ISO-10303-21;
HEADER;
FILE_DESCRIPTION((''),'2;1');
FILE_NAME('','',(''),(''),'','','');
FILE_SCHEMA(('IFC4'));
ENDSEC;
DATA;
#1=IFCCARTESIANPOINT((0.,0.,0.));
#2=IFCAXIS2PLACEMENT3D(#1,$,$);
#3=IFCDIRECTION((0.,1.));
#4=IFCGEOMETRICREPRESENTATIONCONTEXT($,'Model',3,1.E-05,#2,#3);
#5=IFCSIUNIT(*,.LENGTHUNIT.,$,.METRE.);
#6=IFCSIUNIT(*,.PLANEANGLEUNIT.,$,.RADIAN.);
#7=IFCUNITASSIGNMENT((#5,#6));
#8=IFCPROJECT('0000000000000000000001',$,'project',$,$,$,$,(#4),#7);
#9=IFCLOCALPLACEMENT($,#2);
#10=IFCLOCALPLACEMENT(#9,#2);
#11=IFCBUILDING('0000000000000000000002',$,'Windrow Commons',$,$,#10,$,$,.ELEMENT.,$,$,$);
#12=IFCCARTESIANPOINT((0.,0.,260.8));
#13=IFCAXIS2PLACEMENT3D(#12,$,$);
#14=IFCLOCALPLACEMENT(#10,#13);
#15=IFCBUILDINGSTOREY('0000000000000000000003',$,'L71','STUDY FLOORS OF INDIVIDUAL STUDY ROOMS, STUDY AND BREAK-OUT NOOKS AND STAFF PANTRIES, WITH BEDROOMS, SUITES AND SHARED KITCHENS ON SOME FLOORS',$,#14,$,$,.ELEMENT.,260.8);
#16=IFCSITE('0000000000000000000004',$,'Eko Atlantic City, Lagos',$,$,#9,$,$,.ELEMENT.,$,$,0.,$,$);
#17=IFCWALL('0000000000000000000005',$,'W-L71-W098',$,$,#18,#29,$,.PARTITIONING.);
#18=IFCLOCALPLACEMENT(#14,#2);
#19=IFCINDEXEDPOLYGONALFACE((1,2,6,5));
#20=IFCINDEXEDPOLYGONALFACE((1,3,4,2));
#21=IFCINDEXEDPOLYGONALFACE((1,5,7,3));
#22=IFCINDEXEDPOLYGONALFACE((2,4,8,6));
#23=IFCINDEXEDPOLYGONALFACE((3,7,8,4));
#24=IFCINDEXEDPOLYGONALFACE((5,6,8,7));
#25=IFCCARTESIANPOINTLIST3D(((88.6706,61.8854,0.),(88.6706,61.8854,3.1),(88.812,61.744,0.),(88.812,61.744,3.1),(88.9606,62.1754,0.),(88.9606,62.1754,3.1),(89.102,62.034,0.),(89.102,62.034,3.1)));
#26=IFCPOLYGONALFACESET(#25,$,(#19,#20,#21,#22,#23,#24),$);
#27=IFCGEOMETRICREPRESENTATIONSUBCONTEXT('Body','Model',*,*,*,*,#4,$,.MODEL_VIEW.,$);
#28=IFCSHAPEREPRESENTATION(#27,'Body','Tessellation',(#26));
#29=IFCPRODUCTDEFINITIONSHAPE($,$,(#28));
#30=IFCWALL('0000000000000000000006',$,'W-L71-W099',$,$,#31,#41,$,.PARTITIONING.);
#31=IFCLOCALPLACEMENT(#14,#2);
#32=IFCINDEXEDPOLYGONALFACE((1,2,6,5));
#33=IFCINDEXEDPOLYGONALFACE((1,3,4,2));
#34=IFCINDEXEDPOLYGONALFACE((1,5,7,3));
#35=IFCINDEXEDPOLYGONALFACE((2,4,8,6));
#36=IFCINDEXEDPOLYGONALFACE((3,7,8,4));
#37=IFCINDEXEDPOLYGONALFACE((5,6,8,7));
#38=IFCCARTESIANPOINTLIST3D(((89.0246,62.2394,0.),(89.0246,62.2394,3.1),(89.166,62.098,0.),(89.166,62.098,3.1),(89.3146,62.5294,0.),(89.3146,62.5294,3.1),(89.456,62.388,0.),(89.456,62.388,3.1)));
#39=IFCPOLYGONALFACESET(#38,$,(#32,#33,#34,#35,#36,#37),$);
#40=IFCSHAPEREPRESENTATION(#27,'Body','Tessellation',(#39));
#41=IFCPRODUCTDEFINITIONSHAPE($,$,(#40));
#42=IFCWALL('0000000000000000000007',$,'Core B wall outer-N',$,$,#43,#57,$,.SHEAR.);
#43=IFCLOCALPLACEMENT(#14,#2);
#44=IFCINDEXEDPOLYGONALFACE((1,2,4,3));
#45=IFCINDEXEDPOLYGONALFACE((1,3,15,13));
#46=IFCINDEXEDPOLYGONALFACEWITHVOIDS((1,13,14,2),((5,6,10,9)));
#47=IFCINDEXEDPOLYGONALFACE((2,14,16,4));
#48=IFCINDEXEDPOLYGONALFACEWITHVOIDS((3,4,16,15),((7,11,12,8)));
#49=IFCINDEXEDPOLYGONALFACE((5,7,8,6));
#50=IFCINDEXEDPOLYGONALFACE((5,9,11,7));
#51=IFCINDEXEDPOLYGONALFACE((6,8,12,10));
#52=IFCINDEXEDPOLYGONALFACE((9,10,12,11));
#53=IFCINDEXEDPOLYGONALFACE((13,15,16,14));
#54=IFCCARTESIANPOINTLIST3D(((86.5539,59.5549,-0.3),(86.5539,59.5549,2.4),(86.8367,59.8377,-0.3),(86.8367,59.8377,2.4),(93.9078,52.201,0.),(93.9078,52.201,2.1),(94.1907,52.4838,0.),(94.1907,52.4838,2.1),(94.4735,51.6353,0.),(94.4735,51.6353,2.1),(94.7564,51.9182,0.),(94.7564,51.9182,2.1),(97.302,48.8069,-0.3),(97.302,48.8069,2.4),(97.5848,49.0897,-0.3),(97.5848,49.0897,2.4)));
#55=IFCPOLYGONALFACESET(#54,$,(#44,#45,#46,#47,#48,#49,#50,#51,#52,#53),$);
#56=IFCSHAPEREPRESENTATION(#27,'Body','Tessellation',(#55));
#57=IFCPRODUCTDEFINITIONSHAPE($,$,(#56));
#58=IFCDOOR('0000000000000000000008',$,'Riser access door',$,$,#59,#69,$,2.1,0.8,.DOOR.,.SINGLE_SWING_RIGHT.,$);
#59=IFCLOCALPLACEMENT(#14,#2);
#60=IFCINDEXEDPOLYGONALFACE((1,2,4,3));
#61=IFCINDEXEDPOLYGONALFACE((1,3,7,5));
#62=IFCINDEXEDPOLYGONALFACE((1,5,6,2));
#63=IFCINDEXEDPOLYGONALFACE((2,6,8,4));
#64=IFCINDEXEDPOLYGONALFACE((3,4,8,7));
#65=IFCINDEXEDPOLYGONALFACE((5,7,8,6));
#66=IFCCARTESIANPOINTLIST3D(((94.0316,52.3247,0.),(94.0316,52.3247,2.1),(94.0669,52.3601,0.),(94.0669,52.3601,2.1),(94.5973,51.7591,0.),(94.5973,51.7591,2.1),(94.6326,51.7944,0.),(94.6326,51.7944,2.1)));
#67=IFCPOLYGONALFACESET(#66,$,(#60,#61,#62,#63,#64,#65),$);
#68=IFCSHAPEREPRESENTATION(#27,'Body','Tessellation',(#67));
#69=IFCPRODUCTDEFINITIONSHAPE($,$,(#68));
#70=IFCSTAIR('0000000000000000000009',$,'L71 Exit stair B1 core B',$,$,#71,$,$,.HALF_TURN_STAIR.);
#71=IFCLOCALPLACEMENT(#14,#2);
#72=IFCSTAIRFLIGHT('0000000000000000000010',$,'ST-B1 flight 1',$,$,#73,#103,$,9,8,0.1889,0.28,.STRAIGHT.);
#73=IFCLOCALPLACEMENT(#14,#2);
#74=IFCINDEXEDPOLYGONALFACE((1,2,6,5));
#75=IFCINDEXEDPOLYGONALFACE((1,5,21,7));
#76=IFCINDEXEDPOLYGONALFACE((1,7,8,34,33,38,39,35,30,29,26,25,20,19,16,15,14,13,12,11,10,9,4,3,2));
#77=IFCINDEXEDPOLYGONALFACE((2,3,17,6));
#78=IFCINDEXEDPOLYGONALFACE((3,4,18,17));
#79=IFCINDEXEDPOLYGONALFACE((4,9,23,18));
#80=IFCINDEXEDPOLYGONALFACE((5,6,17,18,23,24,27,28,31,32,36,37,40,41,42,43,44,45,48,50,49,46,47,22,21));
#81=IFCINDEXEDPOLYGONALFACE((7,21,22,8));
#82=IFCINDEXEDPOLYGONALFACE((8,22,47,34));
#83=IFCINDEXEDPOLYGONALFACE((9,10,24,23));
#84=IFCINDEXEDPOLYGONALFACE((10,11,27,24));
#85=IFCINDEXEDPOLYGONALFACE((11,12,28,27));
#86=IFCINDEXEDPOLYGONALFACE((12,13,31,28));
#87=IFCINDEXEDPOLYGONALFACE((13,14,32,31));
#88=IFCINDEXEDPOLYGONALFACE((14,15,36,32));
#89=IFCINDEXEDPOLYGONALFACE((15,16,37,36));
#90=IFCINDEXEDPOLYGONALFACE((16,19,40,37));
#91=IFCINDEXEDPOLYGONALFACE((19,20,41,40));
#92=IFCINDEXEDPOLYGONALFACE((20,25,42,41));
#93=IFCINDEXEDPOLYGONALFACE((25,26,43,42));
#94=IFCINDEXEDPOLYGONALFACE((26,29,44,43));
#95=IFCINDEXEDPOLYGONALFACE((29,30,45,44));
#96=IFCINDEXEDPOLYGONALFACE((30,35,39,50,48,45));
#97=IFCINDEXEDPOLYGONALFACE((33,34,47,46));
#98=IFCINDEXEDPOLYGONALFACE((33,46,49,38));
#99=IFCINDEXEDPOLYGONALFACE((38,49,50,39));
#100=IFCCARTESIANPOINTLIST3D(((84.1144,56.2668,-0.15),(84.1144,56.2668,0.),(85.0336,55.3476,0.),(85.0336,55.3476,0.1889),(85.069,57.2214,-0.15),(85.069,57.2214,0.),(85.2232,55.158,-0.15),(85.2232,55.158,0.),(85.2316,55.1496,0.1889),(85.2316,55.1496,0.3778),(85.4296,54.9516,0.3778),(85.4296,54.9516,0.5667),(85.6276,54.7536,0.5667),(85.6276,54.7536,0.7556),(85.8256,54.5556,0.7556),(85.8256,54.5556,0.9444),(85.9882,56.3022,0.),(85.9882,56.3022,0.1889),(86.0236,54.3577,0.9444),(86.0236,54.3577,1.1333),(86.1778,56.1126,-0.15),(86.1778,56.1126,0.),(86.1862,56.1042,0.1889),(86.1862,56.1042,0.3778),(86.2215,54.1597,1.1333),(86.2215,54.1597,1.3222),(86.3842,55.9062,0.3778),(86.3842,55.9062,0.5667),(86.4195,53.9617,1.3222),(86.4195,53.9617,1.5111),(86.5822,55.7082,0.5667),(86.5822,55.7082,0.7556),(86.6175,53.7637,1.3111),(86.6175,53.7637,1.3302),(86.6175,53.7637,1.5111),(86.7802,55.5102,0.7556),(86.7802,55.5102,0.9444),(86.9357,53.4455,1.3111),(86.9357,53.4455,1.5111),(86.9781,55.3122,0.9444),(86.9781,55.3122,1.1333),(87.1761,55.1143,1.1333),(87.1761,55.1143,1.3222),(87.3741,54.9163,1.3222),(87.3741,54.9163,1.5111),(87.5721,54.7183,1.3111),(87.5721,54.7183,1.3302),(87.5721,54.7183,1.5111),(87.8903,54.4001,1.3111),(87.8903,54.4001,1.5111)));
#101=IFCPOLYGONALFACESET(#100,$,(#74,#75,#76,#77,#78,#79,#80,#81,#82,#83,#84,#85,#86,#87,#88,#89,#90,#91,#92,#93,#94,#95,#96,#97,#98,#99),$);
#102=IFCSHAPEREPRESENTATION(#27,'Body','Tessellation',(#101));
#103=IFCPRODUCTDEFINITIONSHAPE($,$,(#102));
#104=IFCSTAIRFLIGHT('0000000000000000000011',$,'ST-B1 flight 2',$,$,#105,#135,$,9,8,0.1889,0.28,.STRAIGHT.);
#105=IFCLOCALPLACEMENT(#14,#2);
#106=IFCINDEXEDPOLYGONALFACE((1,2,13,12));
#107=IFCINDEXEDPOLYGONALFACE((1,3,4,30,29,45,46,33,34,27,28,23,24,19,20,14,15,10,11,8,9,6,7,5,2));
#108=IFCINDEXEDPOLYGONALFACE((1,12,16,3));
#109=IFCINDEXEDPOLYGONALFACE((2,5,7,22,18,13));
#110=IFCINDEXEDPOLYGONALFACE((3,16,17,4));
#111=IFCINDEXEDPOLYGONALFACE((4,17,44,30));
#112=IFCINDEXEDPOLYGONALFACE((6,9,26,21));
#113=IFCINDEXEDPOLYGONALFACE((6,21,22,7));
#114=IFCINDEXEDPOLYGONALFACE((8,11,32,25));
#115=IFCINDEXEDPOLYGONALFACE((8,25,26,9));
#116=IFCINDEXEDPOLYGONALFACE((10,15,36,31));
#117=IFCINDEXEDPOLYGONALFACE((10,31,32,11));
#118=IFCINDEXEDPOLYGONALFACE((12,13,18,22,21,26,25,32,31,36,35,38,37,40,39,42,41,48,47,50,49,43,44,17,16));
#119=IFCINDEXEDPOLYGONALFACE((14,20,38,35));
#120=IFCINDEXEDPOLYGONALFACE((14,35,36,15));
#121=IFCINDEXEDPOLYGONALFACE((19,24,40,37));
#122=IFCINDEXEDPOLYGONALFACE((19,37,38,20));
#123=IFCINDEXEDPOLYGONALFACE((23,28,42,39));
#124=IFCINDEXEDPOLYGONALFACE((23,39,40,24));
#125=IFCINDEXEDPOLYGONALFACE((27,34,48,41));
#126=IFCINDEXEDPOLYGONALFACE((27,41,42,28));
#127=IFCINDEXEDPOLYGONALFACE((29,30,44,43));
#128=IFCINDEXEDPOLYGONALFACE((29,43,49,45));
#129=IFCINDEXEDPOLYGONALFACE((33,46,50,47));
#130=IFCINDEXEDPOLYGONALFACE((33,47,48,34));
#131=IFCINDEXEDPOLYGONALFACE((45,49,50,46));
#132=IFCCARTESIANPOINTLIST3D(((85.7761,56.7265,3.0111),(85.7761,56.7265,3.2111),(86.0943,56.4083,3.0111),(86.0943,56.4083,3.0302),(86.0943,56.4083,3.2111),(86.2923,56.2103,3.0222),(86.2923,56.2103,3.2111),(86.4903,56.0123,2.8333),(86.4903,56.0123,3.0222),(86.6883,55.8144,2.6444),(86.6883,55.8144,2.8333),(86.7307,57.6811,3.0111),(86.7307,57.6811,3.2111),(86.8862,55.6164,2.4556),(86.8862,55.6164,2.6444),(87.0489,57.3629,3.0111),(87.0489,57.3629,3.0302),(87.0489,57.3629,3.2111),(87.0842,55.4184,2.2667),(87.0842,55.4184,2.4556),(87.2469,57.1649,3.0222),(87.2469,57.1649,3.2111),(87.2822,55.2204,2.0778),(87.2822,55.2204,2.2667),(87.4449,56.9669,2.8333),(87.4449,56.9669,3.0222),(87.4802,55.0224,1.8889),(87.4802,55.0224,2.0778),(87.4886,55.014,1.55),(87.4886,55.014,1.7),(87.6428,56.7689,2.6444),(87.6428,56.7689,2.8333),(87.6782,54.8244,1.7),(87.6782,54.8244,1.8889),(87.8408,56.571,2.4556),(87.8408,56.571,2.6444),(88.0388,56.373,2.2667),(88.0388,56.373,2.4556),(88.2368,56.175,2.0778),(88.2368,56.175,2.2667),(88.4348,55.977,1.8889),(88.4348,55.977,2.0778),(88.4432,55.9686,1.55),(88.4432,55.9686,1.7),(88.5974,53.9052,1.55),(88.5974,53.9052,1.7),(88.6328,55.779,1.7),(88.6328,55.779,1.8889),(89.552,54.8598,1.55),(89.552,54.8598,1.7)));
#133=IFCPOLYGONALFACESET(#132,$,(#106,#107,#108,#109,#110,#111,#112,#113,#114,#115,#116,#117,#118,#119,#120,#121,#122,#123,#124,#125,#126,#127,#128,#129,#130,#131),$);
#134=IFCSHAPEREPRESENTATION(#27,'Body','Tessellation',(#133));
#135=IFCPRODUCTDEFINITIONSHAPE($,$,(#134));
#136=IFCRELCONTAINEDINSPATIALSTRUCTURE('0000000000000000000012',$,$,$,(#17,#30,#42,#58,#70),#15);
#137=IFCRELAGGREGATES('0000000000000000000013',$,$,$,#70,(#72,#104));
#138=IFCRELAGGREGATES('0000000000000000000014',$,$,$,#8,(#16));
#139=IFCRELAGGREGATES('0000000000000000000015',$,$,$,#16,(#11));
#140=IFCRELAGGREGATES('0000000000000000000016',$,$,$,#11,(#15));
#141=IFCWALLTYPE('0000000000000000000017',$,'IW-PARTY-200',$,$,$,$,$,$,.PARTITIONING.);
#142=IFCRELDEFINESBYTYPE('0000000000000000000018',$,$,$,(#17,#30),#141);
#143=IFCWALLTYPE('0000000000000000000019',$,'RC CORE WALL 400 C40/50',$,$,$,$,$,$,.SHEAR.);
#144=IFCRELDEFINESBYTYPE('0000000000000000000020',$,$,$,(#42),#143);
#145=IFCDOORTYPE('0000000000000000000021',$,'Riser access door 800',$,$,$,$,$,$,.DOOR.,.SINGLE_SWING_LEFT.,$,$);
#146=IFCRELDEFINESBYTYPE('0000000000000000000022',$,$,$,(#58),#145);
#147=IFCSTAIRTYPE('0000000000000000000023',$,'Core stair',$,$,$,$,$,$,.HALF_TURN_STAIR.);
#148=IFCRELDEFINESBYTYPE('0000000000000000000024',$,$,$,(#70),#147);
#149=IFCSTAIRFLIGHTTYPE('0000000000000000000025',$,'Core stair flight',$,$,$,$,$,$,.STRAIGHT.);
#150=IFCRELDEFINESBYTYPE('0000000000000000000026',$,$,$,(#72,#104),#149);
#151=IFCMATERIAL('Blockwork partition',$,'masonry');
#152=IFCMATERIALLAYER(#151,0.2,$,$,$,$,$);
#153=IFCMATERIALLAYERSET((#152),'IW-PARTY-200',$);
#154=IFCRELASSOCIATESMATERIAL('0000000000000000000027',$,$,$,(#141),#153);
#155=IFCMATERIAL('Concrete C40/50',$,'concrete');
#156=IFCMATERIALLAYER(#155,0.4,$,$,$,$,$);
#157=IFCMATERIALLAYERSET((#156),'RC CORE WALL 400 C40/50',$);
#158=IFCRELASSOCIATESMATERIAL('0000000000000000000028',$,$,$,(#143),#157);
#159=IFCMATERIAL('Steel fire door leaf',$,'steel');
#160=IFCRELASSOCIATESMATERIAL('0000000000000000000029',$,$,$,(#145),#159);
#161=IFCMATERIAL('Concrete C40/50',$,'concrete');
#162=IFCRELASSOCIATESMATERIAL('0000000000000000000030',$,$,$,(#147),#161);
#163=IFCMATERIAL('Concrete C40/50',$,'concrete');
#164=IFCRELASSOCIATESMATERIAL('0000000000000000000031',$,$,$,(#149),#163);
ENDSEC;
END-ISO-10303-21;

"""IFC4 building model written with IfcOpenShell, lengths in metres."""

from ifc_helpers import new_model, si_unit, direction, frame, frame_2d, origin, place, context, subcontext, project, spatial, polyline, rectangle, outline, extrude, material, layer, layer_set, type_object, element, fill, aggregate, save


model = new_model("IFC4")

# Units and contexts
model_context = context("Model", 3, precision=1e-05, world=origin(), true_north=direction((0.0, 1.0)))
body_context = subcontext(model_context, "Body", "Model", "MODEL_VIEW")
ifc_project = project(units=[si_unit("LENGTHUNIT", "METRE"), si_unit("PLANEANGLEUNIT", "RADIAN")], contexts=[model_context])

# Site, building, storey
site_placement = place(None, origin())
site = spatial("IfcSite", under=ifc_project, at=site_placement, Name="Eko Atlantic City, Lagos", CompositionType="ELEMENT", RefElevation=0.0)
building_placement = place(site_placement, origin())
building = spatial("IfcBuilding", under=site, at=building_placement, Name="Windrow Commons", CompositionType="ELEMENT")
storey_placement = place(building_placement, frame((0.0, 0.0, 260.8)))
storey = spatial("IfcBuildingStorey", under=building, at=storey_placement, Name="L71", Description="STUDY FLOORS OF INDIVIDUAL STUDY ROOMS, STUDY AND BREAK-OUT NOOKS AND STAFF PANTRIES, WITH BEDROOMS, SUITES AND SHARED KITCHENS ON SOME FLOORS", CompositionType="ELEMENT", Elevation=260.8)

# Walls
ifc_material_1 = material(Name="Blockwork partition", Category="masonry")
ifc_layer_1 = layer(ifc_material_1, 0.2)
ifc_layer_set_1 = layer_set([ifc_layer_1], Name="IW-PARTY-200")
wall_type_1 = type_object("IfcWallType", Name="IW-PARTY-200", PredefinedType="PARTITIONING", material=ifc_layer_set_1)
for number, where, z_axis, x_axis, name in (
    (1, (88.7413, 61.8147, 0.0), (0.0, 0.0, 1.0), (0.707107, 0.707107, 0.0), "W-L71-W098"),
    (2, (89.0953, 62.1687, 0.0), (0.0, 0.0, 1.0), (0.707107, 0.707107, 0.0), "W-L71-W099"),
):
    element("IfcWall", number, at=place(storey_placement, frame(where, z_axis=z_axis, x_axis=x_axis)), inside=storey, type_object=wall_type_1, Name=name, PredefinedType="PARTITIONING", context=body_context, shape_type="SweptSolid", body=[
        extrude(rectangle(XDim=0.4101, YDim=0.2, at=frame_2d((0.2051, 0.0))), origin(), (0.0, 0.0, 1.0), 3.1),
    ])

# Wall, opening, door
ifc_material_2 = material(Name="Concrete C40/50", Category="concrete")
ifc_layer_2 = layer(ifc_material_2, 0.4)
ifc_layer_set_2 = layer_set([ifc_layer_2], Name="RC CORE WALL 400 C40/50")
wall_type_2 = type_object("IfcWallType", Name="RC CORE WALL 400 C40/50", PredefinedType="SHEAR", material=ifc_layer_set_2)
wall_1_placement = place(storey_placement, frame((86.6953, 59.6963, -0.3), z_axis=(0.0, 0.0, 1.0), x_axis=(0.70711, -0.707103, 0.0)))
wall_1 = element("IfcWall", 3, at=wall_1_placement, inside=storey, type_object=wall_type_2, Name="Core B wall outer-N", PredefinedType="SHEAR", context=body_context, shape_type="SweptSolid", body=[
    extrude(rectangle(XDim=15.2, YDim=0.4, at=frame_2d((7.6, 0.0))), origin(), (0.0, 0.0, 1.0), 2.7),
])
opening_1_placement = place(wall_1_placement, frame((10.4, 0.0, 0.3)))
opening_1 = element("IfcOpeningElement", 4, at=opening_1_placement, cuts=wall_1, PredefinedType="OPENING", context=body_context, shape_type="SweptSolid", body=[
    extrude(rectangle(XDim=0.8, YDim=2.1, at=frame_2d((0.4, 1.05))), frame((0.0, 0.21, 0.0), z_axis=(0.0, -1.0, 0.0), x_axis=(1.0, 0.0, 0.0)), (0.0, 0.0, 1.0), 0.42),
])
ifc_material_3 = material(Name="Steel fire door leaf", Category="steel")
door_type_1 = type_object("IfcDoorType", Name="Riser access door 800", OperationType="SINGLE_SWING_LEFT", PredefinedType="DOOR", material=ifc_material_3)
door_1_placement = place(opening_1_placement, origin())
door_1 = element("IfcDoor", 5, at=door_1_placement, inside=storey, type_object=door_type_1, Name="Riser access door", OperationType="SINGLE_SWING_RIGHT", OverallHeight=2.1, OverallWidth=0.8, PredefinedType="DOOR", context=body_context, shape_type="SweptSolid", body=[
    extrude(rectangle(XDim=0.8, YDim=2.1, at=frame_2d((0.4, 1.05))), frame((0.0, 0.025, 0.0), z_axis=(0.0, -1.0, 0.0), x_axis=(1.0, 0.0, 0.0)), (0.0, 0.0, 1.0), 0.05),
])
fill(opening_1, door_1)

# Stair, stair flights
ifc_material_4 = material(Name="Concrete C40/50", Category="concrete")
stair_type = type_object("IfcStairType", Name="Core stair", PredefinedType="HALF_TURN_STAIR", material=ifc_material_4)
stair_placement = place(storey_placement, origin())
stair = element("IfcStair", 6, at=stair_placement, inside=storey, type_object=stair_type, Name="L71 Exit stair B1 core B", PredefinedType="HALF_TURN_STAIR")
ifc_material_5 = material(Name="Concrete C40/50", Category="concrete")
stair_flight_type = type_object("IfcStairFlightType", Name="Core stair flight", PredefinedType="STRAIGHT", material=ifc_material_5)
stair_flight_1_placement = place(storey_placement, frame((85.5109, 55.8249, 0.0), z_axis=(0.0, 0.0, 1.0), x_axis=(0.707107, -0.707107, 0.0)))
stair_flight_1 = element("IfcStairFlight", 7, at=stair_flight_1_placement, type_object=stair_flight_type, Name="ST-B1 flight 1", NumberOfRisers=9, NumberOfTreads=8, PredefinedType="STRAIGHT", RiserHeight=0.1889, TreadLength=0.28, context=body_context, shape_type="SweptSolid", body=[
    extrude(outline(polyline([(-1.3, -0.15), (-1.3, 0.0), (0.0, 0.0), (0.0, 0.1889), (0.28, 0.1889), (0.28, 0.3778), (0.56, 0.3778), (0.56, 0.5667), (0.84, 0.5667), (0.84, 0.7556), (1.12, 0.7556), (1.12, 0.9444), (1.4, 0.9444), (1.4, 1.1333), (1.68, 1.1333), (1.68, 1.3222), (1.96, 1.3222), (1.96, 1.5111), (2.24, 1.5111), (2.69, 1.5111), (2.69, 1.3111), (2.24, 1.3111), (2.24, 1.3302), (0.2682, 0.0), (0.2682, -0.15), (-1.3, -0.15)])), frame((0.0, 0.675, 0.0), z_axis=(0.0, -1.0, 0.0), x_axis=(1.0, 0.0, 0.0)), (0.0, 0.0, 1.0), 1.35),
])
stair_flight_2_placement = place(storey_placement, frame((88.1555, 55.3017, 1.7), z_axis=(0.0, 0.0, 1.0), x_axis=(-0.707107, 0.707107, 0.0)))
stair_flight_2 = element("IfcStairFlight", 8, at=stair_flight_2_placement, type_object=stair_flight_type, Name="ST-B1 flight 2", NumberOfRisers=9, NumberOfTreads=8, PredefinedType="STRAIGHT", RiserHeight=0.1889, TreadLength=0.28, context=body_context, shape_type="SweptSolid", body=[
    extrude(outline(polyline([(-1.3, -0.15), (-1.3, 0.0), (0.0, 0.0), (0.0, 0.1889), (0.28, 0.1889), (0.28, 0.3778), (0.56, 0.3778), (0.56, 0.5667), (0.84, 0.5667), (0.84, 0.7556), (1.12, 0.7556), (1.12, 0.9444), (1.4, 0.9444), (1.4, 1.1333), (1.68, 1.1333), (1.68, 1.3222), (1.96, 1.3222), (1.96, 1.5111), (2.24, 1.5111), (2.69, 1.5111), (2.69, 1.3111), (2.24, 1.3111), (2.24, 1.3302), (0.2682, 0.0), (0.2682, -0.15), (-1.3, -0.15)])), frame((0.0, 0.675, 0.0), z_axis=(0.0, -1.0, 0.0), x_axis=(1.0, 0.0, 0.0)), (0.0, 0.0, 1.0), 1.35),
])
aggregate(stair, [stair_flight_1, stair_flight_2])

save(model, "model.ifc")
